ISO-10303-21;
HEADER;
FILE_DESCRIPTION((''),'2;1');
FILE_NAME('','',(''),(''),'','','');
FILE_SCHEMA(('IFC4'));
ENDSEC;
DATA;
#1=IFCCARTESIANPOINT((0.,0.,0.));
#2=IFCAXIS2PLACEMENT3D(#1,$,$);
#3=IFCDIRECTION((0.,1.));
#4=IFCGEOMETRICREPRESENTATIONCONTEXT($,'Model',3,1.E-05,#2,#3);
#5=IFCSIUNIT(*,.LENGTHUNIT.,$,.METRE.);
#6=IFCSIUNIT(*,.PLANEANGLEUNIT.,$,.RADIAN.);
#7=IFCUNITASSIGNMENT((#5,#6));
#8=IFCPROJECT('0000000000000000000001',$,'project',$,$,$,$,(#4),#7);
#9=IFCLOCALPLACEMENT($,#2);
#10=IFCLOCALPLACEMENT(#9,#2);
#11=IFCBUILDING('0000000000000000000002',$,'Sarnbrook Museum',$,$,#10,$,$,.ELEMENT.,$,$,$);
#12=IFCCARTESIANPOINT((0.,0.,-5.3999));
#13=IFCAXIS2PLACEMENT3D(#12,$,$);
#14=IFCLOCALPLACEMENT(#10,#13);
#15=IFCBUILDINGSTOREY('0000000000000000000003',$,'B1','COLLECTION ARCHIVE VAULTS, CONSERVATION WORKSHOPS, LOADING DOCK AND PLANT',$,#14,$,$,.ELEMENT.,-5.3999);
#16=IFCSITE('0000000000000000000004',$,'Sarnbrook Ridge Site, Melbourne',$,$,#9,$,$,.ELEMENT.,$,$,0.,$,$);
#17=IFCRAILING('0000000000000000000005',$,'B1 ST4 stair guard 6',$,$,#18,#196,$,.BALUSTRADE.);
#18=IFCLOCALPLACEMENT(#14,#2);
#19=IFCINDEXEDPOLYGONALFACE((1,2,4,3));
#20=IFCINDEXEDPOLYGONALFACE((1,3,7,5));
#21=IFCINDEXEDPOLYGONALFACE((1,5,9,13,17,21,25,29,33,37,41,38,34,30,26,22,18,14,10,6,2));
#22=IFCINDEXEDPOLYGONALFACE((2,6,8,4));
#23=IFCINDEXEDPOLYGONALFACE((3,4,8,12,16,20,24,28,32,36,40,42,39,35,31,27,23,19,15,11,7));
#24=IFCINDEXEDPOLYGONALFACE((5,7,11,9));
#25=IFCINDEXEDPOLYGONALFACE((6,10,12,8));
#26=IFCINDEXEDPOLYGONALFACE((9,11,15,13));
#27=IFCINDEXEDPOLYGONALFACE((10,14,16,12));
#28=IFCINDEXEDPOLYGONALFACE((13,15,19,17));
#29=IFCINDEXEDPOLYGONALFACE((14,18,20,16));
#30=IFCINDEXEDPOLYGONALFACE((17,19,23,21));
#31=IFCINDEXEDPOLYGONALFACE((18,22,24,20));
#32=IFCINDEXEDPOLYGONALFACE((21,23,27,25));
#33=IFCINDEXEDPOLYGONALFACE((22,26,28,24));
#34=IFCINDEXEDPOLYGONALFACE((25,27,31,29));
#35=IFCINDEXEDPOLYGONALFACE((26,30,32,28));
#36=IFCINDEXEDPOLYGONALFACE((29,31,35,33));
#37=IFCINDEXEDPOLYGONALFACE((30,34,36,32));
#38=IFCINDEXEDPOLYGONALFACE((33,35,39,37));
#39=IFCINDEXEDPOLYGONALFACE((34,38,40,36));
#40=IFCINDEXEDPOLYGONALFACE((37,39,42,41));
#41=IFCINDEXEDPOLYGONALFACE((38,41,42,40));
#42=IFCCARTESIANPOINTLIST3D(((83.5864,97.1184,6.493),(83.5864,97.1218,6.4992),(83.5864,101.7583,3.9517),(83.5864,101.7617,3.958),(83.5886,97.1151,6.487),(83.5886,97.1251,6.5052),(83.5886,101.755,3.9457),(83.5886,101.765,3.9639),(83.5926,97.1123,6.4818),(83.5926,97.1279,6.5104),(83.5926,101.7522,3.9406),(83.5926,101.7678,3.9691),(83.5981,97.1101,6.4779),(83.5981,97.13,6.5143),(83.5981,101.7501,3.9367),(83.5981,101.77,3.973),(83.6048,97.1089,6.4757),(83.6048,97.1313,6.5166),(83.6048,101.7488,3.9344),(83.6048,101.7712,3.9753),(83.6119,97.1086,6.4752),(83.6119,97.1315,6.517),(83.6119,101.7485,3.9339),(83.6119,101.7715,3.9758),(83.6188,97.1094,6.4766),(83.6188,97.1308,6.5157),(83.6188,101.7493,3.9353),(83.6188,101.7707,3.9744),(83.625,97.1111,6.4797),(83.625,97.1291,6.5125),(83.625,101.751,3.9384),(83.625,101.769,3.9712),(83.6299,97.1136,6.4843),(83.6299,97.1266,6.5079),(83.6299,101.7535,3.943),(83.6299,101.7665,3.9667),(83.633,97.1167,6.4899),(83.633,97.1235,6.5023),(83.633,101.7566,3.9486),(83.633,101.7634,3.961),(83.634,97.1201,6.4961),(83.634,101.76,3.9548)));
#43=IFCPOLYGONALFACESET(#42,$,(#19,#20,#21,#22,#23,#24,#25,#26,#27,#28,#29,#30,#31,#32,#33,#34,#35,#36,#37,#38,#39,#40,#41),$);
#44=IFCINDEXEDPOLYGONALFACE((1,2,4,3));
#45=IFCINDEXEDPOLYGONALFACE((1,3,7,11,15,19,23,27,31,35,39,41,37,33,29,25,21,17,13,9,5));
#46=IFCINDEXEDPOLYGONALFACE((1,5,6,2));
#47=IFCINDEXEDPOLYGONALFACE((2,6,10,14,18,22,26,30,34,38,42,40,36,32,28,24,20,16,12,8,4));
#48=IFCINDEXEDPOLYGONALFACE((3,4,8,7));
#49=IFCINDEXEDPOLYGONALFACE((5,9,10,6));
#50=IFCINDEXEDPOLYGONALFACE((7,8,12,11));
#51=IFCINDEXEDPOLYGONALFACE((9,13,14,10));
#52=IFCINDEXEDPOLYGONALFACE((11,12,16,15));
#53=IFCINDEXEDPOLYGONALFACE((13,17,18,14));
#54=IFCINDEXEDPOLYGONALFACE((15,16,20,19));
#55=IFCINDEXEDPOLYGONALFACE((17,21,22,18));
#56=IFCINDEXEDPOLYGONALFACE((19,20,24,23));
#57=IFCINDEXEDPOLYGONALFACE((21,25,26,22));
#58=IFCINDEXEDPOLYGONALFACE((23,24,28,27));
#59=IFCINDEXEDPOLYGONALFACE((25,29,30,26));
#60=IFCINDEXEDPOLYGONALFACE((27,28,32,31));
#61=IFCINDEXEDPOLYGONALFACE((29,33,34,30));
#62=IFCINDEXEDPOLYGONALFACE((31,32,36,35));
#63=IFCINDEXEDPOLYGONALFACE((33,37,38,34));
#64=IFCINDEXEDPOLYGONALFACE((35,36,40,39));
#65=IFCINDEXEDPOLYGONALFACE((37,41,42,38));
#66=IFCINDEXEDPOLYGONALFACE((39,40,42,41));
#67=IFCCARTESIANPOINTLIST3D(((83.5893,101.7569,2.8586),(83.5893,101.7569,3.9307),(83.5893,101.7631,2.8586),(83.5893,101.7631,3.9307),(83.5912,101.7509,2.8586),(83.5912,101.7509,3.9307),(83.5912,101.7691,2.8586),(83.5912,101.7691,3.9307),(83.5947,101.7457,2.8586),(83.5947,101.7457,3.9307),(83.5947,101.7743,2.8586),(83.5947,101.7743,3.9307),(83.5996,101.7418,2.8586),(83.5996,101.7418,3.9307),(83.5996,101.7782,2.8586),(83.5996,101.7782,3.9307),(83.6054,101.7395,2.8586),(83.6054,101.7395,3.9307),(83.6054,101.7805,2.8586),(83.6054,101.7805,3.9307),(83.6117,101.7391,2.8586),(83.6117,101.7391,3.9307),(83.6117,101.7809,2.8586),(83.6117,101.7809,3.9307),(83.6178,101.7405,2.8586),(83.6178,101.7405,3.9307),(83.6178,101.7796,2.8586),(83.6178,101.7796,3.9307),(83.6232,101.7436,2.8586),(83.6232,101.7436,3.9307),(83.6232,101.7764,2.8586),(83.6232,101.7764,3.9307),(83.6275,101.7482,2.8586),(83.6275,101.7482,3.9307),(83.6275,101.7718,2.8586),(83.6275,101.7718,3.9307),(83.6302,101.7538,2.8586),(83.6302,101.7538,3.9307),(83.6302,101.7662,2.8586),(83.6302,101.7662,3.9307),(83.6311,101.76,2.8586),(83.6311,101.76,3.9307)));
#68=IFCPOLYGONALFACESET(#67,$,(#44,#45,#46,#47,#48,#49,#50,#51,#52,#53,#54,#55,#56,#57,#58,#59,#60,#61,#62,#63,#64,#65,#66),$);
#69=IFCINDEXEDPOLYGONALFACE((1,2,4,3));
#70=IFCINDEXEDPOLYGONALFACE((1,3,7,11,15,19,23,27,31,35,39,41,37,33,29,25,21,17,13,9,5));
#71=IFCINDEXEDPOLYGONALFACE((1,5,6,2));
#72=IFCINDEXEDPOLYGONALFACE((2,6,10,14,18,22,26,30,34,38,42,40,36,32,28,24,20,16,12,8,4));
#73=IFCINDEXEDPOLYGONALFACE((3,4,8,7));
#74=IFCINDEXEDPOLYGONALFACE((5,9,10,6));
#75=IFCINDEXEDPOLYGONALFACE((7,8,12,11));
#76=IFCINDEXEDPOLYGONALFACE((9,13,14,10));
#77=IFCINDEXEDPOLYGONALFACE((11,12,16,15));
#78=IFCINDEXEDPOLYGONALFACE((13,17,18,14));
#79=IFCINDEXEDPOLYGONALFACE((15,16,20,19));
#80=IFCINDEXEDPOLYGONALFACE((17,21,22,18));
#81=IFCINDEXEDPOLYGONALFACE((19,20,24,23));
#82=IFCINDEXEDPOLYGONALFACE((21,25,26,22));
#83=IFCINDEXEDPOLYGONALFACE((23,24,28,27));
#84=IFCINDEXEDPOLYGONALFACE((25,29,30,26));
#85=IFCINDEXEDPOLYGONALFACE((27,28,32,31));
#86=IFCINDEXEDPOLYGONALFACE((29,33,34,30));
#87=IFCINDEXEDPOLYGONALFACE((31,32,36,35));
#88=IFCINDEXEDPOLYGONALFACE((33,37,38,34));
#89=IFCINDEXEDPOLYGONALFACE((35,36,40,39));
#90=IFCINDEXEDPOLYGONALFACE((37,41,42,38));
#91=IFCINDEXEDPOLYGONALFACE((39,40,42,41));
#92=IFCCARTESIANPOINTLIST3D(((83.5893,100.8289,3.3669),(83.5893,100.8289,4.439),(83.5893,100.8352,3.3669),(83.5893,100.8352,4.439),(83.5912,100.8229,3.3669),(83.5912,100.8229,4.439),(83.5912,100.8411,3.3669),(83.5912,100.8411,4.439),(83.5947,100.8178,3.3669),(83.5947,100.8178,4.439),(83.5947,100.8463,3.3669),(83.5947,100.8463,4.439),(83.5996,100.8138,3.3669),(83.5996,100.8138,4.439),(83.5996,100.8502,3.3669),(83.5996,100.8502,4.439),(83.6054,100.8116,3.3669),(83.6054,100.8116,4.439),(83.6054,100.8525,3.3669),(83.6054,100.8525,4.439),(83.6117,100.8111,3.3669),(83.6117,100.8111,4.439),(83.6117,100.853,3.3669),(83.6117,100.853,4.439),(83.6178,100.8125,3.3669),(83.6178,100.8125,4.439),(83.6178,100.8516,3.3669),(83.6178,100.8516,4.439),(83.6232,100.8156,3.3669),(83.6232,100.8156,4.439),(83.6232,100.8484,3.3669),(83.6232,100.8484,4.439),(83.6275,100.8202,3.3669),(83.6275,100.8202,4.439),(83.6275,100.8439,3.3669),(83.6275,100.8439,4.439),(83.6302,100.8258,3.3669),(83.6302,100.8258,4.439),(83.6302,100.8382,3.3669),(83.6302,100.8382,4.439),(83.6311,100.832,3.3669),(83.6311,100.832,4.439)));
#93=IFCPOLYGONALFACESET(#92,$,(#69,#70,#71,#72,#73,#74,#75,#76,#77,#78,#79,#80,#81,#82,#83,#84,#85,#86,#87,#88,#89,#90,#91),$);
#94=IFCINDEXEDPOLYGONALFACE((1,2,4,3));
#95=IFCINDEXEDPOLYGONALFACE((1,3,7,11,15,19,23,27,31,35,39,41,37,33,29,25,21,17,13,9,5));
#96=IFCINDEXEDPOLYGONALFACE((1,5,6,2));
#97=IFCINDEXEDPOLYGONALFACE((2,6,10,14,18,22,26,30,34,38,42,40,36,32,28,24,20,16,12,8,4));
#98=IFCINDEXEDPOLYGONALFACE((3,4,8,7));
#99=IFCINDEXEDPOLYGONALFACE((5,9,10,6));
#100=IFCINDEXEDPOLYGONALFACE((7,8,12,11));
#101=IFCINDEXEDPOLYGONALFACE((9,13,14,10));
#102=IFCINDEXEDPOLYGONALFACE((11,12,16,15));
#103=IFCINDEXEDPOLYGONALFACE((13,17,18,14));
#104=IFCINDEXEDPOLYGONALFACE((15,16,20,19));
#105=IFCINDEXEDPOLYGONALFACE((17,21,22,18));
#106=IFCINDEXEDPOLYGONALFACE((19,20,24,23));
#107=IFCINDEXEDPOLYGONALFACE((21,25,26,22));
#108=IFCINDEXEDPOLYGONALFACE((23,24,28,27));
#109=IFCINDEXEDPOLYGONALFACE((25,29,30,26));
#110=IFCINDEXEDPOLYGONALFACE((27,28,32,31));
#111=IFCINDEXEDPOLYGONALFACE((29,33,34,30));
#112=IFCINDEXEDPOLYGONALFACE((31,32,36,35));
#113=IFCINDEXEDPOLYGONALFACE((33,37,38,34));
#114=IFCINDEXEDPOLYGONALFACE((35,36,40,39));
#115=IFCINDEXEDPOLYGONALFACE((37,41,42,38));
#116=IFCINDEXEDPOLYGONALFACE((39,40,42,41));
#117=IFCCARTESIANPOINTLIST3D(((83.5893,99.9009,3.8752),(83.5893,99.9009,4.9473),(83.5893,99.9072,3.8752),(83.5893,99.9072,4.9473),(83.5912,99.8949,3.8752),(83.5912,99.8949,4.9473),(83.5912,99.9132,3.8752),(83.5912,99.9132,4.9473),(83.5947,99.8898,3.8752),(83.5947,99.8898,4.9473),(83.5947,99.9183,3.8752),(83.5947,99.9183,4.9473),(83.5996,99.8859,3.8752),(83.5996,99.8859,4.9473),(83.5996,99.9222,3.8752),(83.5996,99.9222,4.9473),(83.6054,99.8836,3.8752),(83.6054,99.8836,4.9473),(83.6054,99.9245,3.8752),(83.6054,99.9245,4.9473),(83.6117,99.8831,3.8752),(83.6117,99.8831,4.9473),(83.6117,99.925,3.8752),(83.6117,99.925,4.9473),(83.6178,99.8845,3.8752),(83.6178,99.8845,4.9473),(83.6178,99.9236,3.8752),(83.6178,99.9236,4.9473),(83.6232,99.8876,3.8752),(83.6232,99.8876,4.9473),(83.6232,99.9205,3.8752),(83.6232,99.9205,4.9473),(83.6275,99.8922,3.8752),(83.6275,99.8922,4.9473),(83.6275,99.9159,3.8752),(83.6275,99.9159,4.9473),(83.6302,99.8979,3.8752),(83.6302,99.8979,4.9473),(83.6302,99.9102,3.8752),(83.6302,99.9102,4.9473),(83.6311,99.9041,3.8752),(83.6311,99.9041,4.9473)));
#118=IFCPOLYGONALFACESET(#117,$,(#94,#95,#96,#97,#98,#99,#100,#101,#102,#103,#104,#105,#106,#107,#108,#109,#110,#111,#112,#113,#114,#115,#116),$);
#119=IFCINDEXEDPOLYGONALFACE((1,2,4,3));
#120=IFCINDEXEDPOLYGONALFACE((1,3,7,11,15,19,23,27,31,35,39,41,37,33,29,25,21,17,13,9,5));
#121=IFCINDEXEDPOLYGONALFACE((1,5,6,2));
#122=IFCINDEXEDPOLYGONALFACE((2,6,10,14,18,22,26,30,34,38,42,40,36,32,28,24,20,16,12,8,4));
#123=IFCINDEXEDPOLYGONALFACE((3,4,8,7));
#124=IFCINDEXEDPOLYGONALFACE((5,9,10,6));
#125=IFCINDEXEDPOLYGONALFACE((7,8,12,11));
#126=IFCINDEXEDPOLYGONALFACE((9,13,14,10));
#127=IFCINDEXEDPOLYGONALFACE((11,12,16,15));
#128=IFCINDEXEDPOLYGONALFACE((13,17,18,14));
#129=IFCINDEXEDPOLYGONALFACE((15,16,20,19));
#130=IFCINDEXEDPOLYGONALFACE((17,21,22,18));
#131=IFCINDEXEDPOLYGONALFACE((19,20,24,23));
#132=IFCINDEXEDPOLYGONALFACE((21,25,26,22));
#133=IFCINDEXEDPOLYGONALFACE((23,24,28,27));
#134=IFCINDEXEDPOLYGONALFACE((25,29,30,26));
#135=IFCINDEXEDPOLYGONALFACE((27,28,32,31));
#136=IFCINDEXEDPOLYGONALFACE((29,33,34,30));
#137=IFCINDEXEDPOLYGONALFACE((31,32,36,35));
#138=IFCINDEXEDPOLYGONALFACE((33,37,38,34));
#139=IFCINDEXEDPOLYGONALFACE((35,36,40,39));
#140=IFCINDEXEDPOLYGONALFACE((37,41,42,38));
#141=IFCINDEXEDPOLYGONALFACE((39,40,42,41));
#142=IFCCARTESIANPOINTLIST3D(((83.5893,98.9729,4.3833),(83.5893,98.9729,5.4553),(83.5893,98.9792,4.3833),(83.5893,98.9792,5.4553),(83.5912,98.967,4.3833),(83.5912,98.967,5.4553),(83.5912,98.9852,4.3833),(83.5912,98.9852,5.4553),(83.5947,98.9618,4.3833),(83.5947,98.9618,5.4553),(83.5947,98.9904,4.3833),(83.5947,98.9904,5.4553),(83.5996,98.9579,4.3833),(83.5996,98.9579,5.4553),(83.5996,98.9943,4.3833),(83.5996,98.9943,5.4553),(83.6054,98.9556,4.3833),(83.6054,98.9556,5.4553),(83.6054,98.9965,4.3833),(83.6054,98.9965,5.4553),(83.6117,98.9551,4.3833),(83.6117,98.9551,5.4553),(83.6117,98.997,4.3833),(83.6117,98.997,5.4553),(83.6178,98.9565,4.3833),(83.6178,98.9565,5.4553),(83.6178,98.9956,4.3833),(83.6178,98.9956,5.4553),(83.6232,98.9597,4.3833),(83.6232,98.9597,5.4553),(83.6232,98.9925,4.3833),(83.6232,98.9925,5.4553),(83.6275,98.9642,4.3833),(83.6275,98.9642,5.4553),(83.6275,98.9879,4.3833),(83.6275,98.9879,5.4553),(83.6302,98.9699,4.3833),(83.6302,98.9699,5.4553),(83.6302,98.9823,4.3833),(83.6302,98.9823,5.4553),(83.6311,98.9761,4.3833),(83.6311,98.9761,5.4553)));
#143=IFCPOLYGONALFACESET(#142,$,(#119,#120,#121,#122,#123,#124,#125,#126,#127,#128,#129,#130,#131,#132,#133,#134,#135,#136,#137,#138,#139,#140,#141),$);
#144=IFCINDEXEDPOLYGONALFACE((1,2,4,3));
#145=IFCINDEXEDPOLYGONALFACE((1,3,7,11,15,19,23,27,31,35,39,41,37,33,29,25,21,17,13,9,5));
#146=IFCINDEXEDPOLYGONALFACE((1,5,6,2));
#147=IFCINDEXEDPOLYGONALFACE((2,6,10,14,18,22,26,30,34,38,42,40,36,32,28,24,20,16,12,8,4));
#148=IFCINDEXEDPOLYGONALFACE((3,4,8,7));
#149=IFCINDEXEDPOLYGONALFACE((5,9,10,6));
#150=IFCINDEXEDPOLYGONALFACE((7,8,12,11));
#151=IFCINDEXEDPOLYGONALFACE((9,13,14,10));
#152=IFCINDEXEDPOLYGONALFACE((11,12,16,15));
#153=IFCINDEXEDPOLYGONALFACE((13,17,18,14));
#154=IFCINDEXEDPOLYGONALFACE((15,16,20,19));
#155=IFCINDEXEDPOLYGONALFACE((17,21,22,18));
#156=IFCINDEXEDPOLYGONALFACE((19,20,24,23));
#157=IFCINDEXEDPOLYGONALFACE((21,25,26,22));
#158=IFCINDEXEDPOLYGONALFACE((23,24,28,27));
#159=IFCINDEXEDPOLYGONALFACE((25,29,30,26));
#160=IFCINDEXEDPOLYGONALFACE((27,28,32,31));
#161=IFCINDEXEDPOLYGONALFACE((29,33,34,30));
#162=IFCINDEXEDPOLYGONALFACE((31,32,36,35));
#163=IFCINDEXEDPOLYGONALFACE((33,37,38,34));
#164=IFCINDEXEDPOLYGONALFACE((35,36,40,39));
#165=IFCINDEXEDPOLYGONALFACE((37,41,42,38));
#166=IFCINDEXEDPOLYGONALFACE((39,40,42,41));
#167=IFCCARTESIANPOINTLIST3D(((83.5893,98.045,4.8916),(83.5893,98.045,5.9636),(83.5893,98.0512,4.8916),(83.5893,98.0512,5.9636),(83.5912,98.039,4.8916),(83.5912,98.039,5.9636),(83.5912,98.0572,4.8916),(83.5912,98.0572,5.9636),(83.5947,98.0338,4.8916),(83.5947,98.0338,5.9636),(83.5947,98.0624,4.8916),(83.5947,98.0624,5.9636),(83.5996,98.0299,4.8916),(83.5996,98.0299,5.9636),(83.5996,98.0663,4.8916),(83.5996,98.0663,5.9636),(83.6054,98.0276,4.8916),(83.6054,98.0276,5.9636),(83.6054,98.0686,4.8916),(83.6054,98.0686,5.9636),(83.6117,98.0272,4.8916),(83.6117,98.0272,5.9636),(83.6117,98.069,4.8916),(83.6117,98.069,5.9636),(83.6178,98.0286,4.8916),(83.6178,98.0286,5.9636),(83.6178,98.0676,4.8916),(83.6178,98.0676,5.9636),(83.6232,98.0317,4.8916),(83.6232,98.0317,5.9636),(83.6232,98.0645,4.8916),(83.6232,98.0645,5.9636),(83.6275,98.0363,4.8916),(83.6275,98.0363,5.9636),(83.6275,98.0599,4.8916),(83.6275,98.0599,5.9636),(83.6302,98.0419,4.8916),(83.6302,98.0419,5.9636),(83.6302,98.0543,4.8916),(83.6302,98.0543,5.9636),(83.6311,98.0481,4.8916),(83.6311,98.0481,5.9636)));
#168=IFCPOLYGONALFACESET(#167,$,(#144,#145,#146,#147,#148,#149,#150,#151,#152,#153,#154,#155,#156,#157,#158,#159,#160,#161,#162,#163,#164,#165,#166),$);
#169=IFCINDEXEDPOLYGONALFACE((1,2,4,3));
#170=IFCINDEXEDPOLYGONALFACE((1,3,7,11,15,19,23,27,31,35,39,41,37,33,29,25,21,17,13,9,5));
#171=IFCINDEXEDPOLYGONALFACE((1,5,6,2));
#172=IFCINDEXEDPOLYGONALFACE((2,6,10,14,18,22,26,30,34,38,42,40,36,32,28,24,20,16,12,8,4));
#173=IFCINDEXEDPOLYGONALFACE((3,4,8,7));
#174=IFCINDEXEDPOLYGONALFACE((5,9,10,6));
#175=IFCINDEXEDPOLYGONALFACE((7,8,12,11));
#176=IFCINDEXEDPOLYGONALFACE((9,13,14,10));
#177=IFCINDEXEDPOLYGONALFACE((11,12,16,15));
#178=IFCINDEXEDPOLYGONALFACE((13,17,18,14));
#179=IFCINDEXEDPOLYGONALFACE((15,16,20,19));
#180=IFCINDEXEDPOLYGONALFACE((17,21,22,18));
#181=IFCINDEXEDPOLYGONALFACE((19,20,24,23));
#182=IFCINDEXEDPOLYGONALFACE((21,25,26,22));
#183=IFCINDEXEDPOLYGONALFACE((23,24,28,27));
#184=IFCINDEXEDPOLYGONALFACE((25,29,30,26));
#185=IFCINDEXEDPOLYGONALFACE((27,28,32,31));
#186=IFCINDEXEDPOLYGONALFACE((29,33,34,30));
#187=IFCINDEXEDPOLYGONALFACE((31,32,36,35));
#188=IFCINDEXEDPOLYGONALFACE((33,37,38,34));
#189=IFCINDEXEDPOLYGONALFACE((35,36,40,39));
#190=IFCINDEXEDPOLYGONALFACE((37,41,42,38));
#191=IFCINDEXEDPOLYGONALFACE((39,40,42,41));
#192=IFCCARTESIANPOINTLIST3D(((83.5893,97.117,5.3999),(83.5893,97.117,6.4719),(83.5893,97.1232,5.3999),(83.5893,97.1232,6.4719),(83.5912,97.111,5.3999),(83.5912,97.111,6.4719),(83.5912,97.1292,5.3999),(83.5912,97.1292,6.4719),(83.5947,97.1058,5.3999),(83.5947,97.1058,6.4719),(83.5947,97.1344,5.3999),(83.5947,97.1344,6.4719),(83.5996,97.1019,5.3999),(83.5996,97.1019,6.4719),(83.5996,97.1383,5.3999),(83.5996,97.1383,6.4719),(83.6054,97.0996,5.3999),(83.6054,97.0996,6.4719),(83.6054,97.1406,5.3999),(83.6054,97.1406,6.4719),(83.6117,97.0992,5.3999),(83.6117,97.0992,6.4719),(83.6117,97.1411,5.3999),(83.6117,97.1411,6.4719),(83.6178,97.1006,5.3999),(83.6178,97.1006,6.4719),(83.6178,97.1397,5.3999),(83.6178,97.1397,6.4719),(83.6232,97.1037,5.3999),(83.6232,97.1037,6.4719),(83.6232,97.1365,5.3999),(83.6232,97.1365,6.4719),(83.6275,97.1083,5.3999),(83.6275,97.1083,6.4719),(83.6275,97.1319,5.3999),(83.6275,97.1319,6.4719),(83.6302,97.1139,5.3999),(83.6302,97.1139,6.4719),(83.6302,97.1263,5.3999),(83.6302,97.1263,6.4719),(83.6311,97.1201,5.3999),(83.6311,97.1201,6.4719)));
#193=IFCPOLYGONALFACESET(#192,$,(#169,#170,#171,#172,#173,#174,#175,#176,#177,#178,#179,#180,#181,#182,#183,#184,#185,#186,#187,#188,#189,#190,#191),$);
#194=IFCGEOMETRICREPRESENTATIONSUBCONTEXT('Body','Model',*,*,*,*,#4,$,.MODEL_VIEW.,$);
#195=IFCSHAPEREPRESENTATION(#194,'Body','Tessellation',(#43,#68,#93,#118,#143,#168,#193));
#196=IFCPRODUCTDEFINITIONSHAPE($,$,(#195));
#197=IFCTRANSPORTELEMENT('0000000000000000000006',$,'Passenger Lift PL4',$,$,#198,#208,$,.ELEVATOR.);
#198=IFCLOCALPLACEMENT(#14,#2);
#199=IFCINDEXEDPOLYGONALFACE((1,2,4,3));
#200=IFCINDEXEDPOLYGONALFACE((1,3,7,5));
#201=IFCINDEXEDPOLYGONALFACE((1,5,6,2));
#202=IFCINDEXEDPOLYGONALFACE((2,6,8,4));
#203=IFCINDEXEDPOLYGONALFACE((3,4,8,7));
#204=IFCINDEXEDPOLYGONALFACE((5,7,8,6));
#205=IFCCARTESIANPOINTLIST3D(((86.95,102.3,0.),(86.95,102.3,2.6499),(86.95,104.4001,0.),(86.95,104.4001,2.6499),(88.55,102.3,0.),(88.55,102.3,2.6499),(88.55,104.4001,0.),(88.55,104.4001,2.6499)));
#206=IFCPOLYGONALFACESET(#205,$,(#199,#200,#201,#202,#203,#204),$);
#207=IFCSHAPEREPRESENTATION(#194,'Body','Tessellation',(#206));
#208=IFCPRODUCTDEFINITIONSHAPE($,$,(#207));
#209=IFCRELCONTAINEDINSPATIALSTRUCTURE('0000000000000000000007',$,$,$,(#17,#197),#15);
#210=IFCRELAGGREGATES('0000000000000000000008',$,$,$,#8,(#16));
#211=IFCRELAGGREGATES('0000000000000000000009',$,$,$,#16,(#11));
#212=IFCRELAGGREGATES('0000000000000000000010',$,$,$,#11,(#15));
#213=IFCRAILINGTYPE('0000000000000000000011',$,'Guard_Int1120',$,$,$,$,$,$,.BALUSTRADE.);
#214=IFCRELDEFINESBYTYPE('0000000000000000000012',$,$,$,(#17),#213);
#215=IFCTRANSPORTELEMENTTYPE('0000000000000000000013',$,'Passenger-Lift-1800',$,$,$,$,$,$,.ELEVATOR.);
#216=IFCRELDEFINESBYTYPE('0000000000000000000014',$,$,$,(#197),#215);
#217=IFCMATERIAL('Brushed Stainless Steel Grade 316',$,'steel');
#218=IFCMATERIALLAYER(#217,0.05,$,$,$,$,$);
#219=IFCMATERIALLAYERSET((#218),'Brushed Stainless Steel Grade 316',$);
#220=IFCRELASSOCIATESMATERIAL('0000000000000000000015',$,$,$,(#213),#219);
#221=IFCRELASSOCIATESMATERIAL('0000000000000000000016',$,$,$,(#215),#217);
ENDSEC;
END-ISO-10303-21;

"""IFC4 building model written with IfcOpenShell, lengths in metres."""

from ifc_helpers import new_model, si_unit, direction, frame, origin, origin_2d, place, context, subcontext, project, spatial, rectangle, circle, extrude, material, layer, layer_set, type_object, element, save


model = new_model("IFC4")

# Units and contexts
model_context = context("Model", 3, precision=1e-05, world=origin(), true_north=direction((0.0, 1.0)))
body_context = subcontext(model_context, "Body", "Model", "MODEL_VIEW")
ifc_project = project(units=[si_unit("LENGTHUNIT", "METRE"), si_unit("PLANEANGLEUNIT", "RADIAN")], contexts=[model_context])

# Site, building, storey
site_placement = place(None, origin())
site = spatial("IfcSite", under=ifc_project, at=site_placement, Name="Sarnbrook Ridge Site, Melbourne", CompositionType="ELEMENT", RefElevation=0.0)
building_placement = place(site_placement, origin())
building = spatial("IfcBuilding", under=site, at=building_placement, Name="Sarnbrook Museum", CompositionType="ELEMENT")
storey_placement = place(building_placement, frame((0.0, 0.0, -5.3999)))
storey = spatial("IfcBuildingStorey", under=building, at=storey_placement, Name="B1", Description="COLLECTION ARCHIVE VAULTS, CONSERVATION WORKSHOPS, LOADING DOCK AND PLANT", CompositionType="ELEMENT", Elevation=-5.3999)

# Shared definitions
ifc_material_1 = material(Name="Brushed Stainless Steel Grade 316", Category="steel")

# Railing
ifc_layer_1 = layer(ifc_material_1, 0.05)
ifc_layer_set_1 = layer_set([ifc_layer_1], Name="Brushed Stainless Steel Grade 316")
railing_type_1 = type_object("IfcRailingType", Name="Guard_Int1120", PredefinedType="BALUSTRADE", material=ifc_layer_set_1)
railing_1_placement = place(storey_placement, frame((83.6101, 101.76, 2.8586)))
element("IfcRailing", 1, at=railing_1_placement, inside=storey, type_object=railing_type_1, Name="B1 ST4 stair guard 6", PredefinedType="BALUSTRADE", context=body_context, shape_type="SweptSolid", body=[
    extrude(circle(Radius=0.0239, at=origin_2d()), frame((0.0, 0.0, 1.0962), z_axis=(0.0, -0.877067, 0.480368), x_axis=(1.0, 0.0, 0.0)), (0.0, 0.0, 1.0), 5.2903),
    extrude(circle(Radius=0.021, at=origin_2d()), origin(), (0.0, 0.0, 1.0), 1.072),
    extrude(circle(Radius=0.021, at=origin_2d()), frame((0.0, -0.928, 0.5083)), (0.0, 0.0, 1.0), 1.072),
    extrude(circle(Radius=0.021, at=origin_2d()), frame((0.0, -1.856, 1.0166)), (0.0, 0.0, 1.0), 1.072),
    extrude(circle(Radius=0.021, at=origin_2d()), frame((0.0, -2.7839, 1.5247)), (0.0, 0.0, 1.0), 1.072),
    extrude(circle(Radius=0.021, at=origin_2d()), frame((0.0, -3.7119, 2.033)), (0.0, 0.0, 1.0), 1.072),
    extrude(circle(Radius=0.021, at=origin_2d()), frame((0.0, -4.6399, 2.5413)), (0.0, 0.0, 1.0), 1.072),
])

# Transport element
transport_element_type = type_object("IfcTransportElementType", Name="Passenger-Lift-1800", PredefinedType="ELEVATOR", material=ifc_material_1)
transport_element_placement = place(storey_placement, frame((87.75, 103.3501, 0.0), z_axis=(0.0, 0.0, 1.0), x_axis=(1.0, 0.0, 0.0)))
element("IfcTransportElement", 2, at=transport_element_placement, inside=storey, type_object=transport_element_type, Name="Passenger Lift PL4", PredefinedType="ELEVATOR", context=body_context, shape_type="SweptSolid", body=[
    extrude(rectangle(XDim=1.6001, YDim=2.1001, at=origin_2d()), origin(), (0.0, 0.0, 1.0), 2.6499),
])

save(model, "model.ifc")
